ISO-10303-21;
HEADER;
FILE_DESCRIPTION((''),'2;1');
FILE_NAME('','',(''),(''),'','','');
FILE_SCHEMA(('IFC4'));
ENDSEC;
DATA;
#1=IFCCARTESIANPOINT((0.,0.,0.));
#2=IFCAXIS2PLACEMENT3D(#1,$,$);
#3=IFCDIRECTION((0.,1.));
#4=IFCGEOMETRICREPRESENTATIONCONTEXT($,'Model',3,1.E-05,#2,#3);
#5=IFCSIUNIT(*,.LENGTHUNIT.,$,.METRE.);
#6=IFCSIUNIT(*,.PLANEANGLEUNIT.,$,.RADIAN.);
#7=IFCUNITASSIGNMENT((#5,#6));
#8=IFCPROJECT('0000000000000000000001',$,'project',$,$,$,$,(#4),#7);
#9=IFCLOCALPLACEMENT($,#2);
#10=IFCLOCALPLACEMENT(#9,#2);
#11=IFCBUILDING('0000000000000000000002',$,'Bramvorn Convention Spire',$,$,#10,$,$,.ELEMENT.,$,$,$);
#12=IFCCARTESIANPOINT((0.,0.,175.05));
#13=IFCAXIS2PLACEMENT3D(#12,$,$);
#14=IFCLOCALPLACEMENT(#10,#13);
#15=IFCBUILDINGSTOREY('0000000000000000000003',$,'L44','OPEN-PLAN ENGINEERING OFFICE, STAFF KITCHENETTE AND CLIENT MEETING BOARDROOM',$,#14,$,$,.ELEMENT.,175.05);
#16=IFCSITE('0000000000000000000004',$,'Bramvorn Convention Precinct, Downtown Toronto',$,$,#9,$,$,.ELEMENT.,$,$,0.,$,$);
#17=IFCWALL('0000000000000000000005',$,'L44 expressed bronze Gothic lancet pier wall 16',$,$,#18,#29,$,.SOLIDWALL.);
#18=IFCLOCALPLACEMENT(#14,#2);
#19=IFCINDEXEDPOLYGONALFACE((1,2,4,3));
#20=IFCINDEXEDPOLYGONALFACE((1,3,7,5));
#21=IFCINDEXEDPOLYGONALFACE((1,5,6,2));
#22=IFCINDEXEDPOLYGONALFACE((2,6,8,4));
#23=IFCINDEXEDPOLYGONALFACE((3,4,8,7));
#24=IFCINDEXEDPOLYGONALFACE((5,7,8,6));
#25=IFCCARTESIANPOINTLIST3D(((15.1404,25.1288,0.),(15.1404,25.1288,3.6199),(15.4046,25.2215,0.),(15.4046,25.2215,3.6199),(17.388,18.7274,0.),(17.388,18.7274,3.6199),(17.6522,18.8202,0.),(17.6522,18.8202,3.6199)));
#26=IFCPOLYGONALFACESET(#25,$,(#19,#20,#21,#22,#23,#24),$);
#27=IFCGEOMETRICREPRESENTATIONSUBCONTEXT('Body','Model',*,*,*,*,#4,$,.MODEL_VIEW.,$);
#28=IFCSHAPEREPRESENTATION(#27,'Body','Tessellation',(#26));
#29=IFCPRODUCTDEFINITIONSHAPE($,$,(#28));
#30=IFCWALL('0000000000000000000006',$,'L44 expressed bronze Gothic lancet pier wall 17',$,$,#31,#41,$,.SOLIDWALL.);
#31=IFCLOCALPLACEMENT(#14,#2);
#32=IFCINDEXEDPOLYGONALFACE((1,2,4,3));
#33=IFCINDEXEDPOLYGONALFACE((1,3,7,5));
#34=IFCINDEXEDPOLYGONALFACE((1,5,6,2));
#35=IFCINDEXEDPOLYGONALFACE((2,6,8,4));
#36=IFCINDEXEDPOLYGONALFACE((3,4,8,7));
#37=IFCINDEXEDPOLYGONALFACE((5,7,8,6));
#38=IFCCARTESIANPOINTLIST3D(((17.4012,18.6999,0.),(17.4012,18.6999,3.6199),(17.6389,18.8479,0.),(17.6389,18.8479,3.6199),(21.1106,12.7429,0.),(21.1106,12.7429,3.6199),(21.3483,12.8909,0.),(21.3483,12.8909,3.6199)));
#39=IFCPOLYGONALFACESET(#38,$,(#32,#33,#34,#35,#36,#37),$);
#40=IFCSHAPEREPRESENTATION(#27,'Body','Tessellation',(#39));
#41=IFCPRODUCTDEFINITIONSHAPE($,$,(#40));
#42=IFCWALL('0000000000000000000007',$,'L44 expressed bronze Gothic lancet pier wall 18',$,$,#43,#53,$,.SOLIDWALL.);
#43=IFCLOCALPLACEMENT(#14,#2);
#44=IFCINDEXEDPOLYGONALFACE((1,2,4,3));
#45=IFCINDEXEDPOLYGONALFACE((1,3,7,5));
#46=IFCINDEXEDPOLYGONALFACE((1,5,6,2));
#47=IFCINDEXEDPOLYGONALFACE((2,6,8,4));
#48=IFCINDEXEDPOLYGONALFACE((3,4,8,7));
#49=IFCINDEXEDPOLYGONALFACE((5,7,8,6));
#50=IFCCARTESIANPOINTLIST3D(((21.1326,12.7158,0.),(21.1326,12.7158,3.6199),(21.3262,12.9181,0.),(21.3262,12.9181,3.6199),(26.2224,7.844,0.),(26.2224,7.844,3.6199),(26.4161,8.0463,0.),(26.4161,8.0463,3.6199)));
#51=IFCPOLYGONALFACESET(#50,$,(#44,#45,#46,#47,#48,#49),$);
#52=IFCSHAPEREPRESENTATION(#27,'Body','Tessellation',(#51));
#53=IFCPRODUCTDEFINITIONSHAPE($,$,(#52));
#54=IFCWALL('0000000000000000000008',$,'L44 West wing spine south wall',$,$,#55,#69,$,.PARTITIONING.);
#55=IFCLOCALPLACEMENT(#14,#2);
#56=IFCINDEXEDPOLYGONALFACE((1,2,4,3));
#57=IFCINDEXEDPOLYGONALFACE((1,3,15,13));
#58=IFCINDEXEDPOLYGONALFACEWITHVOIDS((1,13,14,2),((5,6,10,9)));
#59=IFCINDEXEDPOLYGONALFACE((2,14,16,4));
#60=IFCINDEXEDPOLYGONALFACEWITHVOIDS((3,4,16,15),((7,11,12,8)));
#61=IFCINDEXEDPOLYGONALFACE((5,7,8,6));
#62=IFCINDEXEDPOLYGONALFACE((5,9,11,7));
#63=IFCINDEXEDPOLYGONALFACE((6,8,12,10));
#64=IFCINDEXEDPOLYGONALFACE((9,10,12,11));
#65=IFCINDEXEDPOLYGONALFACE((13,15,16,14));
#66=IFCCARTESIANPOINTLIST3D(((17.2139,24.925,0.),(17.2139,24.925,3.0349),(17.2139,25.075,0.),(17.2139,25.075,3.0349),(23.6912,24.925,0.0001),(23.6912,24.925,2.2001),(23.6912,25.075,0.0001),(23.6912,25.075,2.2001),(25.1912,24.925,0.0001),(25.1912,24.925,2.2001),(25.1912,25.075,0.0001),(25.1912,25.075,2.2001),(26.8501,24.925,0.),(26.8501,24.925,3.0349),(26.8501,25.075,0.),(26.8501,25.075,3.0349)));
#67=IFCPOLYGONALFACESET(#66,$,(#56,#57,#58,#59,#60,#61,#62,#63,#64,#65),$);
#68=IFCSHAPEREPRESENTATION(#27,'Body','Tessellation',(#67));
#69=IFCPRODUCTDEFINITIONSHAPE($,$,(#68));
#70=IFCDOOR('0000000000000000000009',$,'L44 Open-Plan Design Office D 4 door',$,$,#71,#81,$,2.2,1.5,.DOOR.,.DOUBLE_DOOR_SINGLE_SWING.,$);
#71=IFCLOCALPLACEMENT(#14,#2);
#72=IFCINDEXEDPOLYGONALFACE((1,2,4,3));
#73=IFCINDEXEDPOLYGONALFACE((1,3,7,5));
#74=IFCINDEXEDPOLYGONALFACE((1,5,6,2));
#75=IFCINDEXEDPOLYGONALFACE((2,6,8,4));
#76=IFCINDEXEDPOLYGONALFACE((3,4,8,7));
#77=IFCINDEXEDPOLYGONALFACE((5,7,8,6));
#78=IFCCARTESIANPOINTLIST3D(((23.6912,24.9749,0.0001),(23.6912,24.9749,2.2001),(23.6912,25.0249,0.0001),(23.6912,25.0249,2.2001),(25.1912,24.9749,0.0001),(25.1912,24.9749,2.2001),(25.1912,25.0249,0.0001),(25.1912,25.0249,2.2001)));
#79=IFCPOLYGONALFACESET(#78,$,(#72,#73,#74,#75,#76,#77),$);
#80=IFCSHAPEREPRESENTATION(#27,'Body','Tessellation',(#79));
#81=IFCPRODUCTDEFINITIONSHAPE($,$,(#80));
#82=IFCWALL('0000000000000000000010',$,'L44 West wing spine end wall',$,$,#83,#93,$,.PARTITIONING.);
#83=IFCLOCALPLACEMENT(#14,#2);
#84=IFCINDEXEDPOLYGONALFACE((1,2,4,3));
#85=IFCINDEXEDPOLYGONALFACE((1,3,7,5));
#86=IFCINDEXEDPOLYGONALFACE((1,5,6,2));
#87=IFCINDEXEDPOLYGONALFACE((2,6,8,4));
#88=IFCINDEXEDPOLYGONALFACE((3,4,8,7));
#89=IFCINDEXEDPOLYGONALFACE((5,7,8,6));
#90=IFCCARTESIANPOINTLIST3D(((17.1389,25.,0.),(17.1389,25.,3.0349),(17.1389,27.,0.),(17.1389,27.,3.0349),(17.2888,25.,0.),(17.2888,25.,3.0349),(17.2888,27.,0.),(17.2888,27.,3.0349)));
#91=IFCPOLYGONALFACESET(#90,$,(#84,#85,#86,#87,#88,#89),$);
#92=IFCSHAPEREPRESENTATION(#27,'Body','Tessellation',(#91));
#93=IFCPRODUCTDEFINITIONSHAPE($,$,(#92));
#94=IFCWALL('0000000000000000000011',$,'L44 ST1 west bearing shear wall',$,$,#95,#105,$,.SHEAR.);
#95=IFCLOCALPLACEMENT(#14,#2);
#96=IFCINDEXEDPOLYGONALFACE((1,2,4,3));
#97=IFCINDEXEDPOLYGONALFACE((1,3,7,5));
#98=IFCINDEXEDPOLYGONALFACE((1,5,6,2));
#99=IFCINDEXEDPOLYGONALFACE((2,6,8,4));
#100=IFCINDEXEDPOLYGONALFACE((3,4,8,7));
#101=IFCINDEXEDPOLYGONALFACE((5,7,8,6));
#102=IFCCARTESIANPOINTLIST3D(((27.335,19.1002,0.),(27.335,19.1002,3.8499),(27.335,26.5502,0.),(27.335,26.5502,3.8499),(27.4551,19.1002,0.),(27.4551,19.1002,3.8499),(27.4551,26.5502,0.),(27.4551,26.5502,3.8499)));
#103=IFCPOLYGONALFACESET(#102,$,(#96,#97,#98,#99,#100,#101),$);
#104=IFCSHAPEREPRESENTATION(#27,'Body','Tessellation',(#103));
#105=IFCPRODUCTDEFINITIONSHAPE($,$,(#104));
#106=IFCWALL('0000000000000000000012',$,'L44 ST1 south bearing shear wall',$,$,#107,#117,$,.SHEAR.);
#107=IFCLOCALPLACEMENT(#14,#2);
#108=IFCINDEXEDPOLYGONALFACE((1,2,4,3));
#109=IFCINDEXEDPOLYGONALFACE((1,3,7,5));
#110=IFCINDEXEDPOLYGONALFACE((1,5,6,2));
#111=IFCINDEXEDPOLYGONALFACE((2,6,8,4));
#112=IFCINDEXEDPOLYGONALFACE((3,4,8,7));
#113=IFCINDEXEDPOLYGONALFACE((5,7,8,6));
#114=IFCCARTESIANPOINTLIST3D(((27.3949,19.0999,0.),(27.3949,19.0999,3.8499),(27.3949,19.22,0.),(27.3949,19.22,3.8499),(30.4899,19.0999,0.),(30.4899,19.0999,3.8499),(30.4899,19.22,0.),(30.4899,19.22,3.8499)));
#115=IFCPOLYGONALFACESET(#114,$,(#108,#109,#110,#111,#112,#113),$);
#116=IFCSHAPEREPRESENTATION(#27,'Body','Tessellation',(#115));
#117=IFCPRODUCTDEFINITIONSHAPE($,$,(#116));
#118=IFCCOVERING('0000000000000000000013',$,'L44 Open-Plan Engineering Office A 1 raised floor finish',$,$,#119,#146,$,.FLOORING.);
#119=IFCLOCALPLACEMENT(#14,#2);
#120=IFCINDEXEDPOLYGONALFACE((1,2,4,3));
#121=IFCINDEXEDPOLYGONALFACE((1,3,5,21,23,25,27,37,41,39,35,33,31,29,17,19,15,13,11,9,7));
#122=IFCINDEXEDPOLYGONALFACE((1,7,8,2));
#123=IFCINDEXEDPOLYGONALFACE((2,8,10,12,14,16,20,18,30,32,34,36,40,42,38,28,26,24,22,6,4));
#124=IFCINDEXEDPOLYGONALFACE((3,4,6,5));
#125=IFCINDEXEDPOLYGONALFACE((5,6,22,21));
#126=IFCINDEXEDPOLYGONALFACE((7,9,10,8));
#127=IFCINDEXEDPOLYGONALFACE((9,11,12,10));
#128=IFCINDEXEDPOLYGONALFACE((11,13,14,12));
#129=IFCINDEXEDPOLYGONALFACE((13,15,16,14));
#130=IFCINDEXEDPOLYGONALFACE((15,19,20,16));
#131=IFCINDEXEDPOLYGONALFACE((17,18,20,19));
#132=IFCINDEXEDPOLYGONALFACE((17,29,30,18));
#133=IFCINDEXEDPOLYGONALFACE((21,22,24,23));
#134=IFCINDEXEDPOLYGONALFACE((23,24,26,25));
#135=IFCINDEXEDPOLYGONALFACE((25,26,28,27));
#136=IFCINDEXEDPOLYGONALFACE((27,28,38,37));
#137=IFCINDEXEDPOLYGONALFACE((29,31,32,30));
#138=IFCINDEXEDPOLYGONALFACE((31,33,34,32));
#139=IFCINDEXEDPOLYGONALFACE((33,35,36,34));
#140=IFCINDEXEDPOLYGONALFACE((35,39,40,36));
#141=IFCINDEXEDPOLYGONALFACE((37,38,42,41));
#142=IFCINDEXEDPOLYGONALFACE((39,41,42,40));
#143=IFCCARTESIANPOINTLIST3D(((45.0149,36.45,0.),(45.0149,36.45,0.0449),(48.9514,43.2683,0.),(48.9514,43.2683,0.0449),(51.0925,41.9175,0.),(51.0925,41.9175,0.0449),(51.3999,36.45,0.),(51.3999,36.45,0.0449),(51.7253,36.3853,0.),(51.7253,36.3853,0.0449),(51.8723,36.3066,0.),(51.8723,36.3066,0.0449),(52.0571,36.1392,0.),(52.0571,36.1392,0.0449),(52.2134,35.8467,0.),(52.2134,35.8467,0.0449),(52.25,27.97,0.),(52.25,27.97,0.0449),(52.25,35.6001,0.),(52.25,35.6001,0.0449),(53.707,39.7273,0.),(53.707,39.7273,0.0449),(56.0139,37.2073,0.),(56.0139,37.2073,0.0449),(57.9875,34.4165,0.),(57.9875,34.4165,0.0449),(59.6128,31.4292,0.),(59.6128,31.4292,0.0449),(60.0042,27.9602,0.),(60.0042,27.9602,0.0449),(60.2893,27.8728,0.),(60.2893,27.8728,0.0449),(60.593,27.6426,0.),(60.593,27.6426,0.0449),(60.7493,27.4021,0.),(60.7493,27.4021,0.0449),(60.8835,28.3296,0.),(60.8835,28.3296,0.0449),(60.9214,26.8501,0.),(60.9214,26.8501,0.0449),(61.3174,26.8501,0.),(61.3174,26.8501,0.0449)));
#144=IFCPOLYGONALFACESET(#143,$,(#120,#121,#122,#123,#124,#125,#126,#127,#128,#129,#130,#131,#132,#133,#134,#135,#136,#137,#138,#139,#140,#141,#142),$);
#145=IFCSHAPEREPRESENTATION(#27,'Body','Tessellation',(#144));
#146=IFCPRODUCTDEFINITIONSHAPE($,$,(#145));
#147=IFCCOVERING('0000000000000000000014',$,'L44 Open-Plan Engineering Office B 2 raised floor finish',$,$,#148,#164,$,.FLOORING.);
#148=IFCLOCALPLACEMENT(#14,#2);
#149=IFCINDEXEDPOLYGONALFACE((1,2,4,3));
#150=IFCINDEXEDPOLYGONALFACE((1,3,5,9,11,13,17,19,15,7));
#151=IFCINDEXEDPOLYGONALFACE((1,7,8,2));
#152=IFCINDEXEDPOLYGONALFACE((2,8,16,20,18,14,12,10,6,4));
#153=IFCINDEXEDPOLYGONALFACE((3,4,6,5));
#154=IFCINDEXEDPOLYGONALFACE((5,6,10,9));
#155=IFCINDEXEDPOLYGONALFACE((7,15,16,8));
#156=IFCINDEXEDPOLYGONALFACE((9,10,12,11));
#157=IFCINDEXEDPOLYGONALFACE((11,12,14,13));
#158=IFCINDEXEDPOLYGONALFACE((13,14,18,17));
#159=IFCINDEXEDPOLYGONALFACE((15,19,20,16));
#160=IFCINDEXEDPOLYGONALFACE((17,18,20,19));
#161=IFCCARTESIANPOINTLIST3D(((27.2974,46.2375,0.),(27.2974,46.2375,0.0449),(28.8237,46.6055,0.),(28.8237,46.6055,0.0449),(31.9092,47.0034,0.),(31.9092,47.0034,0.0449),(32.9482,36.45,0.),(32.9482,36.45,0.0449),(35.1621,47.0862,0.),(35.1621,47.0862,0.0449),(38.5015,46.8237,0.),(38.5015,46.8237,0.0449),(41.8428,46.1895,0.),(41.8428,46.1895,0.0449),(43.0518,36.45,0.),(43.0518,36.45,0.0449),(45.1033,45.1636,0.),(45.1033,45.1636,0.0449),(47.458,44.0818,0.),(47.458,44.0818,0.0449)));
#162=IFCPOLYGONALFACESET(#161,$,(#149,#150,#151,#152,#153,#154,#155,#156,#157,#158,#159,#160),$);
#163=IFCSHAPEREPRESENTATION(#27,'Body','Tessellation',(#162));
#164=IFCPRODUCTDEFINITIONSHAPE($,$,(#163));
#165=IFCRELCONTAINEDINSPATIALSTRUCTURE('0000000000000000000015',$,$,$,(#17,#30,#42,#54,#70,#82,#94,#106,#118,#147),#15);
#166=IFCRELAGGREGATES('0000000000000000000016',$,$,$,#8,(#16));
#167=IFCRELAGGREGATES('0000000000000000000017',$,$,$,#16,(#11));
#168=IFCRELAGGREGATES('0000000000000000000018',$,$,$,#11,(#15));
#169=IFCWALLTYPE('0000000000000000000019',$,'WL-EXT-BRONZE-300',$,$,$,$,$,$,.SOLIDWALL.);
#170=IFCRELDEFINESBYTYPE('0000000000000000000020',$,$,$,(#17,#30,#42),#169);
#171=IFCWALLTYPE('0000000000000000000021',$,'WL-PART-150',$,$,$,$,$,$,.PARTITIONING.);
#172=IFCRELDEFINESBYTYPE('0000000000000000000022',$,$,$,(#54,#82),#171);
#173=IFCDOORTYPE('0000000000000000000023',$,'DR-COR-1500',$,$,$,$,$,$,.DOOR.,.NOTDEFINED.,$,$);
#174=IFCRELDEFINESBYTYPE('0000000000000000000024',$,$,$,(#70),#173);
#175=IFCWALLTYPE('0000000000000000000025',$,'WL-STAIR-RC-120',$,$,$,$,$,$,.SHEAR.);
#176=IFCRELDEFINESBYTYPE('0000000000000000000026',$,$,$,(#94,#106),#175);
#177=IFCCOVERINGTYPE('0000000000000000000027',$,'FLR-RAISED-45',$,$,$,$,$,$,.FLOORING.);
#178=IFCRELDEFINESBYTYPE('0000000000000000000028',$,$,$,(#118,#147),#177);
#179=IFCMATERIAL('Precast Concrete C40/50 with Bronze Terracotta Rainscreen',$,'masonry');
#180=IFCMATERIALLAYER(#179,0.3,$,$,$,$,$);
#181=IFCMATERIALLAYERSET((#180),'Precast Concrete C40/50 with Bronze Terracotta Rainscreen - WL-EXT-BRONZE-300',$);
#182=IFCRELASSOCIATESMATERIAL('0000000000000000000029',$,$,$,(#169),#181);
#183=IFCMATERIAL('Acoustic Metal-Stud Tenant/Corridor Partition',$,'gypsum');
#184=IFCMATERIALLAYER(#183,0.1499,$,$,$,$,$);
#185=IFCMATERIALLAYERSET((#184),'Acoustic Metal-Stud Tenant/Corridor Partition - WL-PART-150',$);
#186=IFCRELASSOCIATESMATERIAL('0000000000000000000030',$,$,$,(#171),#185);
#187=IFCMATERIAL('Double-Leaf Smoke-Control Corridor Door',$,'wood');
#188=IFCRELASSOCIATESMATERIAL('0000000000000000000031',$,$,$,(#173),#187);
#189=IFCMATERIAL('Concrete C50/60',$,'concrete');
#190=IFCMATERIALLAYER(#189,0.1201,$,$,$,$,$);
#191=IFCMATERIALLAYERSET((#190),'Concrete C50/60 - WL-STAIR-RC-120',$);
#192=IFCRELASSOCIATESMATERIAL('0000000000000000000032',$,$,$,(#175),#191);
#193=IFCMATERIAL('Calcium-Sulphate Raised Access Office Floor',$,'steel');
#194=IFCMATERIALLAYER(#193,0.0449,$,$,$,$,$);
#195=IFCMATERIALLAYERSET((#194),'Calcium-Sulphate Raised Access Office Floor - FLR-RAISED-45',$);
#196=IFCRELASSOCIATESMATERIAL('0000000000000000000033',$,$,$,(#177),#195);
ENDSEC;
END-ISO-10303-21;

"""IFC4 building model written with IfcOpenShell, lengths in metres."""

from ifc_helpers import new_model, si_unit, direction, frame, frame_2d, origin, place, context, subcontext, project, spatial, polyline, rectangle, outline, extrude, material, layer, layer_set, type_object, element, fill, save


model = new_model("IFC4")

# Units and contexts
model_context = context("Model", 3, precision=1e-05, world=origin(), true_north=direction((0.0, 1.0)))
body_context = subcontext(model_context, "Body", "Model", "MODEL_VIEW")
ifc_project = project(units=[si_unit("LENGTHUNIT", "METRE"), si_unit("PLANEANGLEUNIT", "RADIAN")], contexts=[model_context])

# Site, building, storey
site_placement = place(None, origin())
site = spatial("IfcSite", under=ifc_project, at=site_placement, Name="Bramvorn Convention Precinct, Downtown Toronto", CompositionType="ELEMENT", RefElevation=0.0)
building_placement = place(site_placement, origin())
building = spatial("IfcBuilding", under=site, at=building_placement, Name="Bramvorn Convention Spire", CompositionType="ELEMENT")
storey_placement = place(building_placement, frame((0.0, 0.0, 175.05)))
storey = spatial("IfcBuildingStorey", under=building, at=storey_placement, Name="L44", Description="OPEN-PLAN ENGINEERING OFFICE, STAFF KITCHENETTE AND CLIENT MEETING BOARDROOM", CompositionType="ELEMENT", Elevation=175.05)

# Shared definitions
ifc_material_1 = material(Name="Concrete C50/60", Category="concrete")

# Walls
ifc_material_2 = material(Name="Precast Concrete C40/50 with Bronze Terracotta Rainscreen", Category="masonry")
ifc_layer_1 = layer(ifc_material_2, 0.3)
ifc_layer_set_1 = layer_set([ifc_layer_1], Name="Precast Concrete C40/50 with Bronze Terracotta Rainscreen - WL-EXT-BRONZE-300")
wall_type_1 = type_object("IfcWallType", Name="WL-EXT-BRONZE-300", PredefinedType="SOLIDWALL", material=ifc_layer_set_1)
wall_1_placement = place(storey_placement, frame((17.52, 18.7739, 0.0), z_axis=(0.0, 0.0, 1.0), x_axis=(-0.33128, 0.943533, 0.0)))
element("IfcWall", 1, at=wall_1_placement, inside=storey, type_object=wall_type_1, Name="L44 expressed bronze Gothic lancet pier wall 16", PredefinedType="SOLIDWALL", context=body_context, shape_type="SweptSolid", body=[
    extrude(rectangle(XDim=6.7844, YDim=0.28, at=frame_2d((3.3921, 0.0))), origin(), (0.0, 0.0, 1.0), 3.6199),
])
wall_2_placement = place(storey_placement, frame((21.2295, 12.8169, 0.0), z_axis=(0.0, 0.0, 1.0), x_axis=(-0.528597, 0.848873, 0.0)))
element("IfcWall", 2, at=wall_2_placement, inside=storey, type_object=wall_type_1, Name="L44 expressed bronze Gothic lancet pier wall 17", PredefinedType="SOLIDWALL", context=body_context, shape_type="SweptSolid", body=[
    extrude(rectangle(XDim=7.0176, YDim=0.28, at=frame_2d((3.5088, 0.0))), origin(), (0.0, 0.0, 1.0), 3.6199),
])
wall_3_placement = place(storey_placement, frame((26.3193, 7.9451, 0.0), z_axis=(0.0, 0.0, 1.0), x_axis=(-0.722409, 0.691466, 0.0)))
element("IfcWall", 3, at=wall_3_placement, inside=storey, type_object=wall_type_1, Name="L44 expressed bronze Gothic lancet pier wall 18", PredefinedType="SOLIDWALL", context=body_context, shape_type="SweptSolid", body=[
    extrude(rectangle(XDim=7.0457, YDim=0.28, at=frame_2d((3.5229, 0.0))), origin(), (0.0, 0.0, 1.0), 3.6199),
])

# Wall, opening, door
ifc_material_3 = material(Name="Acoustic Metal-Stud Tenant/Corridor Partition", Category="gypsum")
ifc_layer_2 = layer(ifc_material_3, 0.1499)
ifc_layer_set_2 = layer_set([ifc_layer_2], Name="Acoustic Metal-Stud Tenant/Corridor Partition - WL-PART-150")
wall_type_2 = type_object("IfcWallType", Name="WL-PART-150", PredefinedType="PARTITIONING", material=ifc_layer_set_2)
wall_4_placement = place(storey_placement, frame((17.2139, 25.0, 0.0), z_axis=(0.0, 0.0, 1.0), x_axis=(1.0, 0.0, 0.0)))
wall_4 = element("IfcWall", 4, at=wall_4_placement, inside=storey, type_object=wall_type_2, Name="L44 West wing spine south wall", PredefinedType="PARTITIONING", context=body_context, shape_type="SweptSolid", body=[
    extrude(rectangle(XDim=9.6362, YDim=0.1499, at=frame_2d((4.8181, 0.0))), origin(), (0.0, 0.0, 1.0), 3.0349),
])
opening_1_placement = place(wall_4_placement, frame((6.4773, 0.0, 0.0)))
opening_1 = element("IfcOpeningElement", 5, at=opening_1_placement, cuts=wall_4, PredefinedType="OPENING", context=body_context, shape_type="SweptSolid", body=[
    extrude(rectangle(XDim=1.5, YDim=2.2, at=frame_2d((0.75, 1.1001))), frame((0.0, 0.085, 0.0), z_axis=(0.0, -1.0, 0.0), x_axis=(1.0, 0.0, 0.0)), (0.0, 0.0, 1.0), 0.1699),
])
ifc_material_4 = material(Name="Double-Leaf Smoke-Control Corridor Door", Category="wood")
door_type_1 = type_object("IfcDoorType", Name="DR-COR-1500", OperationType="NOTDEFINED", PredefinedType="DOOR", material=ifc_material_4)
door_1_placement = place(opening_1_placement, origin())
door_1 = element("IfcDoor", 6, at=door_1_placement, inside=storey, type_object=door_type_1, Name="L44 Open-Plan Design Office D 4 door", OperationType="DOUBLE_DOOR_SINGLE_SWING", OverallHeight=2.2, OverallWidth=1.5, PredefinedType="DOOR", context=body_context, shape_type="SweptSolid", body=[
    extrude(rectangle(XDim=1.5, YDim=2.2, at=frame_2d((0.75, 1.1001))), frame((0.0, 0.0249, 0.0), z_axis=(0.0, -1.0, 0.0), x_axis=(1.0, 0.0, 0.0)), (0.0, 0.0, 1.0), 0.05),
])
fill(opening_1, door_1)

# Walls
wall_5_placement = place(storey_placement, frame((17.2139, 25.0, 0.0), z_axis=(0.0, 0.0, 1.0), x_axis=(0.0, 1.0, 0.0)))
element("IfcWall", 7, at=wall_5_placement, inside=storey, type_object=wall_type_2, Name="L44 West wing spine end wall", PredefinedType="PARTITIONING", context=body_context, shape_type="SweptSolid", body=[
    extrude(rectangle(XDim=2.0, YDim=0.1499, at=frame_2d((1.0, 0.0))), origin(), (0.0, 0.0, 1.0), 3.0349),
])
ifc_layer_3 = layer(ifc_material_1, 0.1201)
ifc_layer_set_3 = layer_set([ifc_layer_3], Name="Concrete C50/60 - WL-STAIR-RC-120")
wall_type_3 = type_object("IfcWallType", Name="WL-STAIR-RC-120", PredefinedType="SHEAR", material=ifc_layer_set_3)
wall_6_placement = place(storey_placement, frame((27.395, 19.1001, 0.0), z_axis=(0.0, 0.0, 1.0), x_axis=(0.0, 1.0, 0.0)))
element("IfcWall", 8, at=wall_6_placement, inside=storey, type_object=wall_type_3, Name="L44 ST1 west bearing shear wall", PredefinedType="SHEAR", context=body_context, shape_type="SweptSolid", body=[
    extrude(rectangle(XDim=7.45, YDim=0.1201, at=frame_2d((3.7251, 0.0))), origin(), (0.0, 0.0, 1.0), 3.8499),
])
wall_7_placement = place(storey_placement, frame((27.395, 19.1599, 0.0), z_axis=(0.0, 0.0, 1.0), x_axis=(1.0, 0.0, 0.0)))
element("IfcWall", 9, at=wall_7_placement, inside=storey, type_object=wall_type_3, Name="L44 ST1 south bearing shear wall", PredefinedType="SHEAR", context=body_context, shape_type="SweptSolid", body=[
    extrude(rectangle(XDim=3.095, YDim=0.1201, at=frame_2d((1.5474, 0.0))), origin(), (0.0, 0.0, 1.0), 3.8499),
])

# Coverings
ifc_material_5 = material(Name="Calcium-Sulphate Raised Access Office Floor", Category="steel")
ifc_layer_4 = layer(ifc_material_5, 0.0449)
ifc_layer_set_4 = layer_set([ifc_layer_4], Name="Calcium-Sulphate Raised Access Office Floor - FLR-RAISED-45")
covering_type = type_object("IfcCoveringType", Name="FLR-RAISED-45", PredefinedType="FLOORING", material=ifc_layer_set_4)
covering_1_placement = place(storey_placement, origin())
element("IfcCovering", 10, at=covering_1_placement, inside=storey, type_object=covering_type, Name="L44 Open-Plan Engineering Office A 1 raised floor finish", PredefinedType="FLOORING", context=body_context, shape_type="SweptSolid", body=[
    extrude(outline(polyline([(51.0925, 41.9175), (48.9514, 43.2683), (45.0149, 36.45), (51.3999, 36.45), (51.7253, 36.3853), (51.8723, 36.3066), (52.0571, 36.1392), (52.2134, 35.8467), (52.25, 35.6001), (52.25, 27.97), (60.0042, 27.9602), (60.2893, 27.8728), (60.593, 27.6426), (60.7493, 27.4021), (60.9214, 26.8501), (61.3174, 26.8501), (60.8835, 28.3296), (59.6128, 31.4292), (57.9875, 34.4165), (56.0139, 37.2073), (53.707, 39.7273), (51.0925, 41.9175)])), origin(), (0.0, 0.0, 1.0), 0.0449),
])
covering_2_placement = place(storey_placement, origin())
element("IfcCovering", 11, at=covering_2_placement, inside=storey, type_object=covering_type, Name="L44 Open-Plan Engineering Office B 2 raised floor finish", PredefinedType="FLOORING", context=body_context, shape_type="SweptSolid", body=[
    extrude(outline(polyline([(28.8237, 46.6055), (27.2974, 46.2375), (32.9482, 36.45), (43.0518, 36.45), (47.458, 44.0818), (45.1033, 45.1636), (41.8428, 46.1895), (38.5015, 46.8237), (35.1621, 47.0862), (31.9092, 47.0034), (28.8237, 46.6055)])), origin(), (0.0, 0.0, 1.0), 0.0449),
])

save(model, "model.ifc")
